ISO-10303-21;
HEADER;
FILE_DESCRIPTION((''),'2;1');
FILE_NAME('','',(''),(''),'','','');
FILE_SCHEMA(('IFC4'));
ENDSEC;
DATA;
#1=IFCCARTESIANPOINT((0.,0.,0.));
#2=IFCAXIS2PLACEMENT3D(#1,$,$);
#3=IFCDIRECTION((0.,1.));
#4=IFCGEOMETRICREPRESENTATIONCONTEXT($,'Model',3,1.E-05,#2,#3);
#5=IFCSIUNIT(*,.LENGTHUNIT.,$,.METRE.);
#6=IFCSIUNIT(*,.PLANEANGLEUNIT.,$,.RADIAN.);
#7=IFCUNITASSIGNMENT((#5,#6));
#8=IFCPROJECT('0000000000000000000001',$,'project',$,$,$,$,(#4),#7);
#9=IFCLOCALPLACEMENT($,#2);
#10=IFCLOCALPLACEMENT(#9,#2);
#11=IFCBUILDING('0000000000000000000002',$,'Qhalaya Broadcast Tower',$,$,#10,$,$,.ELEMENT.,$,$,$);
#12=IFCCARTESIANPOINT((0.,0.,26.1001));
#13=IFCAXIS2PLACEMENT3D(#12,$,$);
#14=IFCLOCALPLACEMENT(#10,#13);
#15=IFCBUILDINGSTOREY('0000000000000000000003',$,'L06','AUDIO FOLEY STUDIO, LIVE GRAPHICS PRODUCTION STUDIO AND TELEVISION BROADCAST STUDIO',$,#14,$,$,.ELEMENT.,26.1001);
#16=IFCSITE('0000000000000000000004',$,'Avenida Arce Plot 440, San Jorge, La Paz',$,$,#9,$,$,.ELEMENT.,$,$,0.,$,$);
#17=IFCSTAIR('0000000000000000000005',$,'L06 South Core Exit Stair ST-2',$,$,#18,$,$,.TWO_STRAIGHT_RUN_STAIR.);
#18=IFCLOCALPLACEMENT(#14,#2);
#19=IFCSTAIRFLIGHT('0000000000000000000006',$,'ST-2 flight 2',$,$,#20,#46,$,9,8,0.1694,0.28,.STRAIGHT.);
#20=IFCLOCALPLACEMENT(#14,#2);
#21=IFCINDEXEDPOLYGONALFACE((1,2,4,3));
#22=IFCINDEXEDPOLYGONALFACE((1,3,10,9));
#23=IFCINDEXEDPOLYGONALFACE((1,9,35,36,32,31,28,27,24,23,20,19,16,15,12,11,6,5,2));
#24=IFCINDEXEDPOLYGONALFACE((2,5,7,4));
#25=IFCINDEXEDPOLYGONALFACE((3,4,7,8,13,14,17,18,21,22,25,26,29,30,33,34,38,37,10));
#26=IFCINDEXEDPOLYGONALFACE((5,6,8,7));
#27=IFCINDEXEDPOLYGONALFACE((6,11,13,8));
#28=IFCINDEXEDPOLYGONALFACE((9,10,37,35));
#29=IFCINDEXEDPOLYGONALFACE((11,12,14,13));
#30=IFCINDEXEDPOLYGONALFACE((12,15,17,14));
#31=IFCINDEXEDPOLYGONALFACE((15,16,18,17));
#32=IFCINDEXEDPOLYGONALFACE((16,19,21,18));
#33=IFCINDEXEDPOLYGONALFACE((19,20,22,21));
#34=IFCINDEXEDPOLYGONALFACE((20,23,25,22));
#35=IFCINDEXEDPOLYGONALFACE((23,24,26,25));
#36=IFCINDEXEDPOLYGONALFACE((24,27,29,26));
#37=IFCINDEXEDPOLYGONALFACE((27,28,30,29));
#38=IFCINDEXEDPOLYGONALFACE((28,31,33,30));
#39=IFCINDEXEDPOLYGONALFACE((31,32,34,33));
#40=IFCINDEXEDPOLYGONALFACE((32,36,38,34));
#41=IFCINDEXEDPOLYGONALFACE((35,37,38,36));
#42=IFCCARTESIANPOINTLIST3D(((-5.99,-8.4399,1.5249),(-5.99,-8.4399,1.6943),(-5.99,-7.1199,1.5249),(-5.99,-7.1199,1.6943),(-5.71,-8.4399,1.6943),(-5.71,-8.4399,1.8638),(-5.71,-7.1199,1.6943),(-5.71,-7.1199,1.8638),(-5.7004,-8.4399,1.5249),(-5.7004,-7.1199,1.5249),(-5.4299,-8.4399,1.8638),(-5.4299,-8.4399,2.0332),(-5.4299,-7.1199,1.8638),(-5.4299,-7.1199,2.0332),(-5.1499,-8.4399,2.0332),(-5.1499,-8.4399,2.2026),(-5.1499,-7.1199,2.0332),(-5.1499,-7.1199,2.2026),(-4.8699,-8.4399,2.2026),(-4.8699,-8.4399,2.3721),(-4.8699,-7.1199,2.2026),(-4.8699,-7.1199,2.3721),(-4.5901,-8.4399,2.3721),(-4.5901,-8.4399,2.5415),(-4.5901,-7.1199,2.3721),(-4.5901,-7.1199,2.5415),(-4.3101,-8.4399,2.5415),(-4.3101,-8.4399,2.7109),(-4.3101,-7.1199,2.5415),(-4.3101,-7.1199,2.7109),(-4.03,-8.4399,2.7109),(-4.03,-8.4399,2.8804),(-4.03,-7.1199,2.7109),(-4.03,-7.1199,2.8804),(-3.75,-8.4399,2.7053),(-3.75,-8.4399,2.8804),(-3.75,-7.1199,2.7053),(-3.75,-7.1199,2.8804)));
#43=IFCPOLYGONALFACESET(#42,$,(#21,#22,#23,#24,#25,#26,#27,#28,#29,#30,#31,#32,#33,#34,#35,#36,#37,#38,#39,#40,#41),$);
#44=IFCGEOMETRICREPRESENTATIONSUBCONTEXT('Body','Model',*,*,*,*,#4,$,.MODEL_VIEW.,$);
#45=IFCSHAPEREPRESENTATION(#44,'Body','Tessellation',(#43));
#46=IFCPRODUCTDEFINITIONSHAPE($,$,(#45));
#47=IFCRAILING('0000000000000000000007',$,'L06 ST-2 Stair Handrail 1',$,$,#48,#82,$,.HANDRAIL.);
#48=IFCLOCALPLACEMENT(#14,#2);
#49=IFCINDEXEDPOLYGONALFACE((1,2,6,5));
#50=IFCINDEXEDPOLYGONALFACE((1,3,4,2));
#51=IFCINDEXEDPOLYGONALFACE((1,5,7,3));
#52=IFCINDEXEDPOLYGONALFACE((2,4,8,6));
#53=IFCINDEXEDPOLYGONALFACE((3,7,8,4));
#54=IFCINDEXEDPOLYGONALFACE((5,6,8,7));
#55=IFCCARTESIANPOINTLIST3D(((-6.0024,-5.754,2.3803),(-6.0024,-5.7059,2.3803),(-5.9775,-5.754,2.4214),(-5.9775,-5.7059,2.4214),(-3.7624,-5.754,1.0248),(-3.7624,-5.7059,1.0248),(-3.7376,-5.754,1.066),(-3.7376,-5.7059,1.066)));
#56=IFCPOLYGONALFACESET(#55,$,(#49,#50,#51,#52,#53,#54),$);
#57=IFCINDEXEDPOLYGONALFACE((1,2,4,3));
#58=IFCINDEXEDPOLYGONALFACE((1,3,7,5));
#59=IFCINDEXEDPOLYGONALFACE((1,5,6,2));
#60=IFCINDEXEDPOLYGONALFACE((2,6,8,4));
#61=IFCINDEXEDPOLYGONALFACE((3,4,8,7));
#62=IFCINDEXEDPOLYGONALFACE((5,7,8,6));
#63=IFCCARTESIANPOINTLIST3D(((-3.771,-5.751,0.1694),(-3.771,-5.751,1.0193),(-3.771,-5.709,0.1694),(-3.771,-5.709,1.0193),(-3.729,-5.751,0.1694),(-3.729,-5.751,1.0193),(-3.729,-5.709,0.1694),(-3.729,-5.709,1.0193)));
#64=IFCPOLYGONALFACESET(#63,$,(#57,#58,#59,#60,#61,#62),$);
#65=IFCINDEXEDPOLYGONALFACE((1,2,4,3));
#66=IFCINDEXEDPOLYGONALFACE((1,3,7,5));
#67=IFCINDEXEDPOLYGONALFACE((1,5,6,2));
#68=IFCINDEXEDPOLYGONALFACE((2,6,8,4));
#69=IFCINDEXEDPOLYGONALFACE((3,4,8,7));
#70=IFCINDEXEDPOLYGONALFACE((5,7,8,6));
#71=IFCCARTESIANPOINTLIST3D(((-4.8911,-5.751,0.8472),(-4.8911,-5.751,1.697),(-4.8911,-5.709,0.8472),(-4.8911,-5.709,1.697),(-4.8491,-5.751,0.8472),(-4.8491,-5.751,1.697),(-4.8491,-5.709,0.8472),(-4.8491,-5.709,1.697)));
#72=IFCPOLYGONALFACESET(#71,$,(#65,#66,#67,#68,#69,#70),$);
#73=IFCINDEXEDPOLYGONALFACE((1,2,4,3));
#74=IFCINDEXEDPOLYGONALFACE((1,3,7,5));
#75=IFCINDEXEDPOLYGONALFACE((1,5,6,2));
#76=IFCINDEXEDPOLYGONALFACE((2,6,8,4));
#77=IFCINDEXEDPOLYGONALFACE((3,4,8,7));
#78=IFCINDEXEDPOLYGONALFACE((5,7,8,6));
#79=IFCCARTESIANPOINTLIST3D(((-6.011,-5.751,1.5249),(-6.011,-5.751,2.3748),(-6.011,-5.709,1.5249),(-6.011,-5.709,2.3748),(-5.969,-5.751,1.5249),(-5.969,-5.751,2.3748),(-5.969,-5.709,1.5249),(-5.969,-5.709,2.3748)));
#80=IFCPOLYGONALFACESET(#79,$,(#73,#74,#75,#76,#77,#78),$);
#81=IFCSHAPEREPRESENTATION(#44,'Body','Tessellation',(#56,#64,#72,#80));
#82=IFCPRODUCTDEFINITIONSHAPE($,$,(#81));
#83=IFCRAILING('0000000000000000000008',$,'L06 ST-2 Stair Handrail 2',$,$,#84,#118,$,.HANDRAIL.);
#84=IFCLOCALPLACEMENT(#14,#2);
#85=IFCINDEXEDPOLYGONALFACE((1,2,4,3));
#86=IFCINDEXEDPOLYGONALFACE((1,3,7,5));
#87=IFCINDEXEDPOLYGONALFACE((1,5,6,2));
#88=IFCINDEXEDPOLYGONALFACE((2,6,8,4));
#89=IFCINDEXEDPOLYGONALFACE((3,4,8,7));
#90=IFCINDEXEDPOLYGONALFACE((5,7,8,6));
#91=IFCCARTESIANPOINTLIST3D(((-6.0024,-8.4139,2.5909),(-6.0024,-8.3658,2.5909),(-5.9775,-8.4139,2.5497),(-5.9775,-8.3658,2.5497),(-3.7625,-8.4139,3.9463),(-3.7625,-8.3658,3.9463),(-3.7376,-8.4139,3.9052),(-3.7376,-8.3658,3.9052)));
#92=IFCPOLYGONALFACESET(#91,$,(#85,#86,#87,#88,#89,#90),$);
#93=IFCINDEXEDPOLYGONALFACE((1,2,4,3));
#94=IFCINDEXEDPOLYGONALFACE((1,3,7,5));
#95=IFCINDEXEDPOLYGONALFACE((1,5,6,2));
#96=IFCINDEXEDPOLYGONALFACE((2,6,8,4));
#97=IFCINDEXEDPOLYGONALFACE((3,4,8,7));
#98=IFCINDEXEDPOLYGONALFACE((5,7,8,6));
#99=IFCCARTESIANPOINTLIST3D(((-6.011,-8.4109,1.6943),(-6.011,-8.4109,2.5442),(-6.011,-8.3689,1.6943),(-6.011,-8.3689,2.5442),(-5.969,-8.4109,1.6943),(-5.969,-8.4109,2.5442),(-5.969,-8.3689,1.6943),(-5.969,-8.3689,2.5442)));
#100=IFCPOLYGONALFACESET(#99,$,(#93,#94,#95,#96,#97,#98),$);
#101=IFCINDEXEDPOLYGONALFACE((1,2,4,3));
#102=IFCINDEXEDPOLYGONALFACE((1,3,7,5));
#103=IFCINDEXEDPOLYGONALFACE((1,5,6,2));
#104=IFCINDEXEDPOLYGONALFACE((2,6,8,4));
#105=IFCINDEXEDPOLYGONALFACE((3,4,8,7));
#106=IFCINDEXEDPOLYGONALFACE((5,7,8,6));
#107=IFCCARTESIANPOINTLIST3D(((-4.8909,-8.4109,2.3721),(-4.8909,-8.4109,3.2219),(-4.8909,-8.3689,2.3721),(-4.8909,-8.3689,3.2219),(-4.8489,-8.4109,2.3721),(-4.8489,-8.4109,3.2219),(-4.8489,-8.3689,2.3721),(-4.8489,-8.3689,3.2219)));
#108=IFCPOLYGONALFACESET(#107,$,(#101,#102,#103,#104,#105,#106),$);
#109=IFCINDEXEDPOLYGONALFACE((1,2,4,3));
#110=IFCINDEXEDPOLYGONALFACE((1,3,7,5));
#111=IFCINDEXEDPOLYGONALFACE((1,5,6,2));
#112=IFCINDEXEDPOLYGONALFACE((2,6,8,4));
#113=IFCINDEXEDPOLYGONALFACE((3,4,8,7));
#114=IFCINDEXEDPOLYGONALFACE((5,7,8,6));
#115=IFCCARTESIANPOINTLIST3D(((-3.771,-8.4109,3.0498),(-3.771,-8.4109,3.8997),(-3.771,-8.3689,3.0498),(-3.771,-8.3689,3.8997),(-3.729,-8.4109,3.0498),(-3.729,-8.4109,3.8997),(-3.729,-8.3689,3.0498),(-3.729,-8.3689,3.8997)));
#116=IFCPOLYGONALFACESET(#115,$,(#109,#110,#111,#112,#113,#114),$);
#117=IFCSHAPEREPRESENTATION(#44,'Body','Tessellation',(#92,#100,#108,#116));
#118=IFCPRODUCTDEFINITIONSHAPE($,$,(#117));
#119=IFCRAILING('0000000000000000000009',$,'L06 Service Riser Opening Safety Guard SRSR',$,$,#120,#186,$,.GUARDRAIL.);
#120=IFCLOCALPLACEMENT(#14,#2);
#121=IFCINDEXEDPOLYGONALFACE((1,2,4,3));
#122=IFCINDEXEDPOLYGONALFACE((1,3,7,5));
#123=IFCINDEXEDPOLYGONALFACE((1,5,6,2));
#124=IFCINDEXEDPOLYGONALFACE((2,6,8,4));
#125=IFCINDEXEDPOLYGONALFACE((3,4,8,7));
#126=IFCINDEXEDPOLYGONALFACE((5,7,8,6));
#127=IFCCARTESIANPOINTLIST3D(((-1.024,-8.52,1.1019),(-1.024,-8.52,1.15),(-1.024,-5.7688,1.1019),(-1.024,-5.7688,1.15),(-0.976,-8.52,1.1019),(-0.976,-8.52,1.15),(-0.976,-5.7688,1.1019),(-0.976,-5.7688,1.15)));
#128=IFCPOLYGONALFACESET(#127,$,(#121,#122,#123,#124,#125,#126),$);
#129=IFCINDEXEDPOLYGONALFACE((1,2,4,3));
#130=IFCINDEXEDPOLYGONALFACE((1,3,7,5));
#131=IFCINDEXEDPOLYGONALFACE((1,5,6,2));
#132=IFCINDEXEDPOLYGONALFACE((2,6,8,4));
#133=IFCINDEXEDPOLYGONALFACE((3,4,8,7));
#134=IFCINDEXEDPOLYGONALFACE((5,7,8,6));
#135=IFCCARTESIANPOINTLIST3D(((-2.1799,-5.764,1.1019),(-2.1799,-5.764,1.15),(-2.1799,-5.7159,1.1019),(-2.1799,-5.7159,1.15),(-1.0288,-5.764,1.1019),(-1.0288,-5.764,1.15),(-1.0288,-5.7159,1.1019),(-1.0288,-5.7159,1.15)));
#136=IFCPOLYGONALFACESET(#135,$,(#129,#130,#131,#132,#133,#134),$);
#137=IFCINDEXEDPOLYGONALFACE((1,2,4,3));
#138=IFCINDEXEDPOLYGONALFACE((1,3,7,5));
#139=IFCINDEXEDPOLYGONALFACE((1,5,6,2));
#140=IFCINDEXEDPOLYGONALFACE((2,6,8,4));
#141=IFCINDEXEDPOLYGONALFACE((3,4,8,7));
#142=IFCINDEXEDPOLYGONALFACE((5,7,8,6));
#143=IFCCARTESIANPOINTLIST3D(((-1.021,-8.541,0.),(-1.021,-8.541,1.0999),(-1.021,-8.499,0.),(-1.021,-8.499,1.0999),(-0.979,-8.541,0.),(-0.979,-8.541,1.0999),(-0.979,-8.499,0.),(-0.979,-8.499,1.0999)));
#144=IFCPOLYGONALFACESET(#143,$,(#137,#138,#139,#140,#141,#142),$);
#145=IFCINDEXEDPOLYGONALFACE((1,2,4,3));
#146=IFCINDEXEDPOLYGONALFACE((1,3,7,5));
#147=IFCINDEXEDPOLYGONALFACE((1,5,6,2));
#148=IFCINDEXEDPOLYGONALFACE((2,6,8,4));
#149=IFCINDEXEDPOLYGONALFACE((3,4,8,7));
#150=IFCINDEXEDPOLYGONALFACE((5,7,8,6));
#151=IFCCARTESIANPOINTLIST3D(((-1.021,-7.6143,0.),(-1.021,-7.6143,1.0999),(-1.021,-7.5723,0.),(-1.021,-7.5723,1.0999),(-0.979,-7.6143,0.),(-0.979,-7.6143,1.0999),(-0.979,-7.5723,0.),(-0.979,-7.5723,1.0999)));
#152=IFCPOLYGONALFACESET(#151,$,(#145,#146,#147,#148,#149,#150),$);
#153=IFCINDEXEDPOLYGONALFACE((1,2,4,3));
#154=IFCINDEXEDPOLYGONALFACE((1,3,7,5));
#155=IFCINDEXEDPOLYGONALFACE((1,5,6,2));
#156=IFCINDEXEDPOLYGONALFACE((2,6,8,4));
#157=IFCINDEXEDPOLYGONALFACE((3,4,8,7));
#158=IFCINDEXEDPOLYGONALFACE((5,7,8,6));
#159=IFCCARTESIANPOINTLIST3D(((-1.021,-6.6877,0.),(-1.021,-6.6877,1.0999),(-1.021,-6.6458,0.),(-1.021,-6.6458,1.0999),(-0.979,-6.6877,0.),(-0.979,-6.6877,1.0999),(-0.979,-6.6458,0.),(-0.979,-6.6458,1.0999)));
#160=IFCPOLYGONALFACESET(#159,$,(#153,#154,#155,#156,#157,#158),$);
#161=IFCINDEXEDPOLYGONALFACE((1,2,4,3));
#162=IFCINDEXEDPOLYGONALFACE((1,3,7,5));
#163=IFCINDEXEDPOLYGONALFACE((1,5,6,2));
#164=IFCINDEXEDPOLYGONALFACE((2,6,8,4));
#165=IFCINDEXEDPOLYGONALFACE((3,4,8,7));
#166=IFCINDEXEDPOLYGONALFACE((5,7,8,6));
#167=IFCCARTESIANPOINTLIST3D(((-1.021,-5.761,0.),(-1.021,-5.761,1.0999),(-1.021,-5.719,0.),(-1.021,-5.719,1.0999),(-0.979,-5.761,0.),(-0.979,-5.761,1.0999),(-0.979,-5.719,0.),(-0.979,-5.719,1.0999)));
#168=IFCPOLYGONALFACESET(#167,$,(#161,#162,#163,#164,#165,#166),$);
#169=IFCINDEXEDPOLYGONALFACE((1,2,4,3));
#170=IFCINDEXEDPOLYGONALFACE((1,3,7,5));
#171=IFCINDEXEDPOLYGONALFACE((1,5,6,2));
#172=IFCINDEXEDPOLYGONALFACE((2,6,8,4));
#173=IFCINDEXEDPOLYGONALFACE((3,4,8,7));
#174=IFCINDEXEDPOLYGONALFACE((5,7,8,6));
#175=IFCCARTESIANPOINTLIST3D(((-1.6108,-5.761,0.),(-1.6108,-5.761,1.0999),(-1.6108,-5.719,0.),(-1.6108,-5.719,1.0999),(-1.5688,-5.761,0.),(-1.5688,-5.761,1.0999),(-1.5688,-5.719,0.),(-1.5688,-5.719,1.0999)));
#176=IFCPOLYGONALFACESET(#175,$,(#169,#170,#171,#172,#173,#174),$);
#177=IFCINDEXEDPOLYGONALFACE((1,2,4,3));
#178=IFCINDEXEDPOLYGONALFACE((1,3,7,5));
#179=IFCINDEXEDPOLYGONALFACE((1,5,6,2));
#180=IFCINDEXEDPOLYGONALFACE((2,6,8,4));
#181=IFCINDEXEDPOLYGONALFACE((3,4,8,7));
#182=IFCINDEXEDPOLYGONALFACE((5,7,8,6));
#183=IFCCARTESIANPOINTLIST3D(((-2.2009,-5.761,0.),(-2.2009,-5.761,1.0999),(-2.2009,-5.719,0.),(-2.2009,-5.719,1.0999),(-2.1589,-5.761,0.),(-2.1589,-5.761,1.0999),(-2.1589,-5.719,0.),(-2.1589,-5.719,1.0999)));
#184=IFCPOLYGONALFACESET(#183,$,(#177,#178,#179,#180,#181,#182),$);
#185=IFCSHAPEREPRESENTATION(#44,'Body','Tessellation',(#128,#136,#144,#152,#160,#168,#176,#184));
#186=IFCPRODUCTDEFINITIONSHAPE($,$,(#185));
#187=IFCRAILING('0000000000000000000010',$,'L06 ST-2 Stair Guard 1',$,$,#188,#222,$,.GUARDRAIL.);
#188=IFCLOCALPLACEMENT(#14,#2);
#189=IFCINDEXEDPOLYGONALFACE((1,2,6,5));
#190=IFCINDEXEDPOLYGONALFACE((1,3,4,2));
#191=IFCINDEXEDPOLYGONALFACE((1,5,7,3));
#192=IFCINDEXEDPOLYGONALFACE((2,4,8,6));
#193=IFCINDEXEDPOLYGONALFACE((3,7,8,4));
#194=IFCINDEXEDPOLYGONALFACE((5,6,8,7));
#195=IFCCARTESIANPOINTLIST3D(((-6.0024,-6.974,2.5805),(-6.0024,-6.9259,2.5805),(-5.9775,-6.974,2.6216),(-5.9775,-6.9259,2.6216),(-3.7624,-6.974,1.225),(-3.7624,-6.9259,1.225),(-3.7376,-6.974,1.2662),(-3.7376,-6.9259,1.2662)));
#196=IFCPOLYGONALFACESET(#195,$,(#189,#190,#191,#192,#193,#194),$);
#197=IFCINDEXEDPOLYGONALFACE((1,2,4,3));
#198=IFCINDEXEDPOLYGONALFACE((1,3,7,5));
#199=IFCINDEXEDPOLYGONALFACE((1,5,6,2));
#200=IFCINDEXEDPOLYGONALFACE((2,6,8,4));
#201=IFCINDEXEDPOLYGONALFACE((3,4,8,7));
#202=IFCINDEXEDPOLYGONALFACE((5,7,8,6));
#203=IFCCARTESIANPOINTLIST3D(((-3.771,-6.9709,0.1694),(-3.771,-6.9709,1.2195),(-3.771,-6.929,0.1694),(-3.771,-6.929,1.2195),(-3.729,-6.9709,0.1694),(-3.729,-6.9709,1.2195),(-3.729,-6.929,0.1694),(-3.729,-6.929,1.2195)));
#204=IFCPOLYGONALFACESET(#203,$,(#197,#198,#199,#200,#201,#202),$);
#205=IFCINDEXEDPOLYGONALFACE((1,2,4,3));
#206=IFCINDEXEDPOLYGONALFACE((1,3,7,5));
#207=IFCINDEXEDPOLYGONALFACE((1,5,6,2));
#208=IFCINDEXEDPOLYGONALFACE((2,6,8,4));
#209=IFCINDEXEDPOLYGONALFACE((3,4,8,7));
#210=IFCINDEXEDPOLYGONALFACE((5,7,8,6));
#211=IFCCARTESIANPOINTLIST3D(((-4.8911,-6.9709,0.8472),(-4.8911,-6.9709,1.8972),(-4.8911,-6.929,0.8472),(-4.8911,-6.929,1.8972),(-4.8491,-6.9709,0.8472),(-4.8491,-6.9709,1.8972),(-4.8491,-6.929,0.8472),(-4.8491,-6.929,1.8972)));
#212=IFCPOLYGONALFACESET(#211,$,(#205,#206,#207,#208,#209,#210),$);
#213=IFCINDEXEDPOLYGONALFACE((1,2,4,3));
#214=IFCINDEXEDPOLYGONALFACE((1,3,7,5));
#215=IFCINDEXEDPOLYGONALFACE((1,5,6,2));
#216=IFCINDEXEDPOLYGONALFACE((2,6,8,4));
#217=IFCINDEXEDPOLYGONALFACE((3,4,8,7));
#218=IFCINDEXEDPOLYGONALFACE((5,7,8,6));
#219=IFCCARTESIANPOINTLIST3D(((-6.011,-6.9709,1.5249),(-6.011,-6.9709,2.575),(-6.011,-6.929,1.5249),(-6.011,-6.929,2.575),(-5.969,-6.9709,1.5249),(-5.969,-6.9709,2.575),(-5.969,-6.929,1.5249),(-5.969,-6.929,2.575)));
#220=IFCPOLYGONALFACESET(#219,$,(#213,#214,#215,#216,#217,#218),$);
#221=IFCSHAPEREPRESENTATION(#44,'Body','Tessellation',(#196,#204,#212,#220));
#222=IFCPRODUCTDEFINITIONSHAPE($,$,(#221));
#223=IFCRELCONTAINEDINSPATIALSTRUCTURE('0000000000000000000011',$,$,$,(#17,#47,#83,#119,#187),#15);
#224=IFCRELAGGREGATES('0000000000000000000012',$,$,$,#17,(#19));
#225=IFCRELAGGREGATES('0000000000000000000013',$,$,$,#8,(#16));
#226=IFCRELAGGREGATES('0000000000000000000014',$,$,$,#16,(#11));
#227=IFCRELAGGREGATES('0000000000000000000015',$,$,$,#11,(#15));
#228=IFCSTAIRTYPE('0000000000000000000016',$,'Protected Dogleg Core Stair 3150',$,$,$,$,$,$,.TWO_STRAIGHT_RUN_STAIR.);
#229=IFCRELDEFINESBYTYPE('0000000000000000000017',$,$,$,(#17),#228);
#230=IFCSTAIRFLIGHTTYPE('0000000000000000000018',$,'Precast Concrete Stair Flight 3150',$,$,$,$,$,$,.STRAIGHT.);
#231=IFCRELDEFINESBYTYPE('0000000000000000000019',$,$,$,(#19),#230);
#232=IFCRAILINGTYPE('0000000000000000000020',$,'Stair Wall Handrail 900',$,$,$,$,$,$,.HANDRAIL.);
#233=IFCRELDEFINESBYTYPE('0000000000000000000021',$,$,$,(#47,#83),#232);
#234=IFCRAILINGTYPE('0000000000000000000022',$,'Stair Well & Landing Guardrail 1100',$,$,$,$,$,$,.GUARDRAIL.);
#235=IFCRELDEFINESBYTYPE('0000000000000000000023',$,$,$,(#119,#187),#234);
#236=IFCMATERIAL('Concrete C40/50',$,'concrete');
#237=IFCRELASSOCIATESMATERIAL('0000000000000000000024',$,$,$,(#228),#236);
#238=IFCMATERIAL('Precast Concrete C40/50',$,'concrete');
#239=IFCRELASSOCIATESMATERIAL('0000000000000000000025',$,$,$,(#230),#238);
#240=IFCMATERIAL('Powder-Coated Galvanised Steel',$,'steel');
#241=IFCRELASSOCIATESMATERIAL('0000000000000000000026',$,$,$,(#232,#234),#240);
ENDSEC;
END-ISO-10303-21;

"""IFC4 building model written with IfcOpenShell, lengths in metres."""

from ifc_helpers import new_model, si_unit, direction, frame, origin, origin_2d, place, context, subcontext, project, spatial, polyline, rectangle, outline, extrude, material, type_object, element, aggregate, save


model = new_model("IFC4")

# Units and contexts
model_context = context("Model", 3, precision=1e-05, world=origin(), true_north=direction((0.0, 1.0)))
body_context = subcontext(model_context, "Body", "Model", "MODEL_VIEW")
ifc_project = project(units=[si_unit("LENGTHUNIT", "METRE"), si_unit("PLANEANGLEUNIT", "RADIAN")], contexts=[model_context])

# Site, building, storey
site_placement = place(None, origin())
site = spatial("IfcSite", under=ifc_project, at=site_placement, Name="Avenida Arce Plot 440, San Jorge, La Paz", CompositionType="ELEMENT", RefElevation=0.0)
building_placement = place(site_placement, origin())
building = spatial("IfcBuilding", under=site, at=building_placement, Name="Qhalaya Broadcast Tower", CompositionType="ELEMENT")
storey_placement = place(building_placement, frame((0.0, 0.0, 26.1001)))
storey = spatial("IfcBuildingStorey", under=building, at=storey_placement, Name="L06", Description="AUDIO FOLEY STUDIO, LIVE GRAPHICS PRODUCTION STUDIO AND TELEVISION BROADCAST STUDIO", CompositionType="ELEMENT", Elevation=26.1001)

# Stair, stair flight
ifc_material_1 = material(Name="Concrete C40/50", Category="concrete")
stair_type = type_object("IfcStairType", Name="Protected Dogleg Core Stair 3150", PredefinedType="TWO_STRAIGHT_RUN_STAIR", material=ifc_material_1)
stair_placement = place(storey_placement, origin())
stair = element("IfcStair", 1, at=stair_placement, inside=storey, type_object=stair_type, Name="L06 South Core Exit Stair ST-2", PredefinedType="TWO_STRAIGHT_RUN_STAIR")
ifc_material_2 = material(Name="Precast Concrete C40/50", Category="concrete")
stair_flight_type = type_object("IfcStairFlightType", Name="Precast Concrete Stair Flight 3150", PredefinedType="STRAIGHT", material=ifc_material_2)
stair_flight_1_placement = place(storey_placement, frame((-5.99, -7.78, 1.5249), z_axis=(0.0, 0.0, 1.0), x_axis=(1.0, 0.0, 0.0)))
stair_flight_1 = element("IfcStairFlight", 2, at=stair_flight_1_placement, type_object=stair_flight_type, Name="ST-2 flight 2", NumberOfRisers=9, NumberOfTreads=8, PredefinedType="STRAIGHT", RiserHeight=0.1694, TreadLength=0.28, context=body_context, shape_type="SweptSolid", body=[
    extrude(outline(polyline([(0.0, 0.0), (0.0, 0.1694), (0.28, 0.1694), (0.28, 0.3389), (0.5601, 0.3389), (0.5601, 0.5083), (0.8401, 0.5083), (0.8401, 0.6777), (1.1201, 0.6777), (1.1201, 0.8472), (1.3999, 0.8472), (1.3999, 1.0166), (1.6799, 1.0166), (1.6799, 1.186), (1.96, 1.186), (1.96, 1.3555), (2.24, 1.3555), (2.24, 1.5249), (2.24, 1.1804), (0.2896, 0.0), (0.0, 0.0)])), frame((0.0, 0.6602, 0.0), z_axis=(0.0, -1.0, 0.0), x_axis=(1.0, 0.0, 0.0)), (0.0, 0.0, 1.0), 1.3201),
])
aggregate(stair, [stair_flight_1])

# Railings
ifc_material_3 = material(Name="Powder-Coated Galvanised Steel", Category="steel")
railing_type_1 = type_object("IfcRailingType", Name="Stair Wall Handrail 900", PredefinedType="HANDRAIL", material=ifc_material_3)
railing_1_placement = place(storey_placement, frame((-3.75, -5.73, 0.1694)))
element("IfcRailing", 3, at=railing_1_placement, inside=storey, type_object=railing_type_1, Name="L06 ST-2 Stair Handrail 1", PredefinedType="HANDRAIL", context=body_context, shape_type="SweptSolid", body=[
    extrude(rectangle(XDim=0.0481, YDim=0.0481, at=origin_2d()), frame((0.0, 0.0, 0.876), z_axis=(-0.855553, 0.0, 0.517715), x_axis=(0.0, -1.0, 0.0)), (0.0, 0.0, 1.0), 2.6182),
    extrude(rectangle(XDim=0.042, YDim=0.042, at=origin_2d()), origin(), (0.0, 0.0, 1.0), 0.8499),
    extrude(rectangle(XDim=0.042, YDim=0.042, at=origin_2d()), frame((-1.1201, 0.0, 0.6777)), (0.0, 0.0, 1.0), 0.8499),
    extrude(rectangle(XDim=0.042, YDim=0.042, at=origin_2d()), frame((-2.24, 0.0, 1.3555)), (0.0, 0.0, 1.0), 0.8499),
])
railing_2_placement = place(storey_placement, frame((-5.99, -8.3899, 1.6943)))
element("IfcRailing", 4, at=railing_2_placement, inside=storey, type_object=railing_type_1, Name="L06 ST-2 Stair Handrail 2", PredefinedType="HANDRAIL", context=body_context, shape_type="SweptSolid", body=[
    extrude(rectangle(XDim=0.0481, YDim=0.0481, at=origin_2d()), frame((0.0, 0.0, 0.876), z_axis=(0.855553, 0.0, 0.517715), x_axis=(0.0, 1.0, 0.0)), (0.0, 0.0, 1.0), 2.6182),
    extrude(rectangle(XDim=0.042, YDim=0.042, at=origin_2d()), origin(), (0.0, 0.0, 1.0), 0.8499),
    extrude(rectangle(XDim=0.042, YDim=0.042, at=origin_2d()), frame((1.1201, 0.0, 0.6777)), (0.0, 0.0, 1.0), 0.8499),
    extrude(rectangle(XDim=0.042, YDim=0.042, at=origin_2d()), frame((2.24, 0.0, 1.3555)), (0.0, 0.0, 1.0), 0.8499),
])
railing_type_2 = type_object("IfcRailingType", Name="Stair Well & Landing Guardrail 1100", PredefinedType="GUARDRAIL", material=ifc_material_3)
railing_3_placement = place(storey_placement, frame((-1.0, -8.52, 0.0)))
element("IfcRailing", 5, at=railing_3_placement, inside=storey, type_object=railing_type_2, Name="L06 Service Riser Opening Safety Guard SRSR", PredefinedType="GUARDRAIL", context=body_context, shape_type="SweptSolid", body=[
    extrude(rectangle(XDim=0.0481, YDim=0.0481, at=origin_2d()), frame((0.0, 0.0, 1.126), z_axis=(0.0, 1.0, 0.0), x_axis=(-1.0, 0.0, 0.0)), (0.0, 0.0, 1.0), 2.7512),
    extrude(rectangle(XDim=0.0481, YDim=0.0481, at=origin_2d()), frame((-0.0288, 2.78, 1.126), z_axis=(-1.0, 0.0, 0.0), x_axis=(0.0, -1.0, 0.0)), (0.0, 0.0, 1.0), 1.1511),
    extrude(rectangle(XDim=0.042, YDim=0.042, at=origin_2d()), origin(), (0.0, 0.0, 1.0), 1.0999),
    extrude(rectangle(XDim=0.042, YDim=0.042, at=origin_2d()), frame((0.0, 0.9268, 0.0)), (0.0, 0.0, 1.0), 1.0999),
    extrude(rectangle(XDim=0.042, YDim=0.042, at=origin_2d()), frame((0.0, 1.8533, 0.0)), (0.0, 0.0, 1.0), 1.0999),
    extrude(rectangle(XDim=0.042, YDim=0.042, at=origin_2d()), frame((0.0, 2.78, 0.0)), (0.0, 0.0, 1.0), 1.0999),
    extrude(rectangle(XDim=0.042, YDim=0.042, at=origin_2d()), frame((-0.5898, 2.78, 0.0)), (0.0, 0.0, 1.0), 1.0999),
    extrude(rectangle(XDim=0.042, YDim=0.042, at=origin_2d()), frame((-1.1799, 2.78, 0.0)), (0.0, 0.0, 1.0), 1.0999),
])
railing_4_placement = place(storey_placement, frame((-3.75, -6.95, 0.1694)))
element("IfcRailing", 6, at=railing_4_placement, inside=storey, type_object=railing_type_2, Name="L06 ST-2 Stair Guard 1", PredefinedType="GUARDRAIL", context=body_context, shape_type="SweptSolid", body=[
    extrude(rectangle(XDim=0.0481, YDim=0.0481, at=origin_2d()), frame((0.0, 0.0, 1.0762), z_axis=(-0.855553, 0.0, 0.517715), x_axis=(0.0, -1.0, 0.0)), (0.0, 0.0, 1.0), 2.6182),
    extrude(rectangle(XDim=0.042, YDim=0.042, at=origin_2d()), origin(), (0.0, 0.0, 1.0), 1.05),
    extrude(rectangle(XDim=0.042, YDim=0.042, at=origin_2d()), frame((-1.1201, 0.0, 0.6777)), (0.0, 0.0, 1.0), 1.05),
    extrude(rectangle(XDim=0.042, YDim=0.042, at=origin_2d()), frame((-2.24, 0.0, 1.3555)), (0.0, 0.0, 1.0), 1.05),
])

save(model, "model.ifc")
